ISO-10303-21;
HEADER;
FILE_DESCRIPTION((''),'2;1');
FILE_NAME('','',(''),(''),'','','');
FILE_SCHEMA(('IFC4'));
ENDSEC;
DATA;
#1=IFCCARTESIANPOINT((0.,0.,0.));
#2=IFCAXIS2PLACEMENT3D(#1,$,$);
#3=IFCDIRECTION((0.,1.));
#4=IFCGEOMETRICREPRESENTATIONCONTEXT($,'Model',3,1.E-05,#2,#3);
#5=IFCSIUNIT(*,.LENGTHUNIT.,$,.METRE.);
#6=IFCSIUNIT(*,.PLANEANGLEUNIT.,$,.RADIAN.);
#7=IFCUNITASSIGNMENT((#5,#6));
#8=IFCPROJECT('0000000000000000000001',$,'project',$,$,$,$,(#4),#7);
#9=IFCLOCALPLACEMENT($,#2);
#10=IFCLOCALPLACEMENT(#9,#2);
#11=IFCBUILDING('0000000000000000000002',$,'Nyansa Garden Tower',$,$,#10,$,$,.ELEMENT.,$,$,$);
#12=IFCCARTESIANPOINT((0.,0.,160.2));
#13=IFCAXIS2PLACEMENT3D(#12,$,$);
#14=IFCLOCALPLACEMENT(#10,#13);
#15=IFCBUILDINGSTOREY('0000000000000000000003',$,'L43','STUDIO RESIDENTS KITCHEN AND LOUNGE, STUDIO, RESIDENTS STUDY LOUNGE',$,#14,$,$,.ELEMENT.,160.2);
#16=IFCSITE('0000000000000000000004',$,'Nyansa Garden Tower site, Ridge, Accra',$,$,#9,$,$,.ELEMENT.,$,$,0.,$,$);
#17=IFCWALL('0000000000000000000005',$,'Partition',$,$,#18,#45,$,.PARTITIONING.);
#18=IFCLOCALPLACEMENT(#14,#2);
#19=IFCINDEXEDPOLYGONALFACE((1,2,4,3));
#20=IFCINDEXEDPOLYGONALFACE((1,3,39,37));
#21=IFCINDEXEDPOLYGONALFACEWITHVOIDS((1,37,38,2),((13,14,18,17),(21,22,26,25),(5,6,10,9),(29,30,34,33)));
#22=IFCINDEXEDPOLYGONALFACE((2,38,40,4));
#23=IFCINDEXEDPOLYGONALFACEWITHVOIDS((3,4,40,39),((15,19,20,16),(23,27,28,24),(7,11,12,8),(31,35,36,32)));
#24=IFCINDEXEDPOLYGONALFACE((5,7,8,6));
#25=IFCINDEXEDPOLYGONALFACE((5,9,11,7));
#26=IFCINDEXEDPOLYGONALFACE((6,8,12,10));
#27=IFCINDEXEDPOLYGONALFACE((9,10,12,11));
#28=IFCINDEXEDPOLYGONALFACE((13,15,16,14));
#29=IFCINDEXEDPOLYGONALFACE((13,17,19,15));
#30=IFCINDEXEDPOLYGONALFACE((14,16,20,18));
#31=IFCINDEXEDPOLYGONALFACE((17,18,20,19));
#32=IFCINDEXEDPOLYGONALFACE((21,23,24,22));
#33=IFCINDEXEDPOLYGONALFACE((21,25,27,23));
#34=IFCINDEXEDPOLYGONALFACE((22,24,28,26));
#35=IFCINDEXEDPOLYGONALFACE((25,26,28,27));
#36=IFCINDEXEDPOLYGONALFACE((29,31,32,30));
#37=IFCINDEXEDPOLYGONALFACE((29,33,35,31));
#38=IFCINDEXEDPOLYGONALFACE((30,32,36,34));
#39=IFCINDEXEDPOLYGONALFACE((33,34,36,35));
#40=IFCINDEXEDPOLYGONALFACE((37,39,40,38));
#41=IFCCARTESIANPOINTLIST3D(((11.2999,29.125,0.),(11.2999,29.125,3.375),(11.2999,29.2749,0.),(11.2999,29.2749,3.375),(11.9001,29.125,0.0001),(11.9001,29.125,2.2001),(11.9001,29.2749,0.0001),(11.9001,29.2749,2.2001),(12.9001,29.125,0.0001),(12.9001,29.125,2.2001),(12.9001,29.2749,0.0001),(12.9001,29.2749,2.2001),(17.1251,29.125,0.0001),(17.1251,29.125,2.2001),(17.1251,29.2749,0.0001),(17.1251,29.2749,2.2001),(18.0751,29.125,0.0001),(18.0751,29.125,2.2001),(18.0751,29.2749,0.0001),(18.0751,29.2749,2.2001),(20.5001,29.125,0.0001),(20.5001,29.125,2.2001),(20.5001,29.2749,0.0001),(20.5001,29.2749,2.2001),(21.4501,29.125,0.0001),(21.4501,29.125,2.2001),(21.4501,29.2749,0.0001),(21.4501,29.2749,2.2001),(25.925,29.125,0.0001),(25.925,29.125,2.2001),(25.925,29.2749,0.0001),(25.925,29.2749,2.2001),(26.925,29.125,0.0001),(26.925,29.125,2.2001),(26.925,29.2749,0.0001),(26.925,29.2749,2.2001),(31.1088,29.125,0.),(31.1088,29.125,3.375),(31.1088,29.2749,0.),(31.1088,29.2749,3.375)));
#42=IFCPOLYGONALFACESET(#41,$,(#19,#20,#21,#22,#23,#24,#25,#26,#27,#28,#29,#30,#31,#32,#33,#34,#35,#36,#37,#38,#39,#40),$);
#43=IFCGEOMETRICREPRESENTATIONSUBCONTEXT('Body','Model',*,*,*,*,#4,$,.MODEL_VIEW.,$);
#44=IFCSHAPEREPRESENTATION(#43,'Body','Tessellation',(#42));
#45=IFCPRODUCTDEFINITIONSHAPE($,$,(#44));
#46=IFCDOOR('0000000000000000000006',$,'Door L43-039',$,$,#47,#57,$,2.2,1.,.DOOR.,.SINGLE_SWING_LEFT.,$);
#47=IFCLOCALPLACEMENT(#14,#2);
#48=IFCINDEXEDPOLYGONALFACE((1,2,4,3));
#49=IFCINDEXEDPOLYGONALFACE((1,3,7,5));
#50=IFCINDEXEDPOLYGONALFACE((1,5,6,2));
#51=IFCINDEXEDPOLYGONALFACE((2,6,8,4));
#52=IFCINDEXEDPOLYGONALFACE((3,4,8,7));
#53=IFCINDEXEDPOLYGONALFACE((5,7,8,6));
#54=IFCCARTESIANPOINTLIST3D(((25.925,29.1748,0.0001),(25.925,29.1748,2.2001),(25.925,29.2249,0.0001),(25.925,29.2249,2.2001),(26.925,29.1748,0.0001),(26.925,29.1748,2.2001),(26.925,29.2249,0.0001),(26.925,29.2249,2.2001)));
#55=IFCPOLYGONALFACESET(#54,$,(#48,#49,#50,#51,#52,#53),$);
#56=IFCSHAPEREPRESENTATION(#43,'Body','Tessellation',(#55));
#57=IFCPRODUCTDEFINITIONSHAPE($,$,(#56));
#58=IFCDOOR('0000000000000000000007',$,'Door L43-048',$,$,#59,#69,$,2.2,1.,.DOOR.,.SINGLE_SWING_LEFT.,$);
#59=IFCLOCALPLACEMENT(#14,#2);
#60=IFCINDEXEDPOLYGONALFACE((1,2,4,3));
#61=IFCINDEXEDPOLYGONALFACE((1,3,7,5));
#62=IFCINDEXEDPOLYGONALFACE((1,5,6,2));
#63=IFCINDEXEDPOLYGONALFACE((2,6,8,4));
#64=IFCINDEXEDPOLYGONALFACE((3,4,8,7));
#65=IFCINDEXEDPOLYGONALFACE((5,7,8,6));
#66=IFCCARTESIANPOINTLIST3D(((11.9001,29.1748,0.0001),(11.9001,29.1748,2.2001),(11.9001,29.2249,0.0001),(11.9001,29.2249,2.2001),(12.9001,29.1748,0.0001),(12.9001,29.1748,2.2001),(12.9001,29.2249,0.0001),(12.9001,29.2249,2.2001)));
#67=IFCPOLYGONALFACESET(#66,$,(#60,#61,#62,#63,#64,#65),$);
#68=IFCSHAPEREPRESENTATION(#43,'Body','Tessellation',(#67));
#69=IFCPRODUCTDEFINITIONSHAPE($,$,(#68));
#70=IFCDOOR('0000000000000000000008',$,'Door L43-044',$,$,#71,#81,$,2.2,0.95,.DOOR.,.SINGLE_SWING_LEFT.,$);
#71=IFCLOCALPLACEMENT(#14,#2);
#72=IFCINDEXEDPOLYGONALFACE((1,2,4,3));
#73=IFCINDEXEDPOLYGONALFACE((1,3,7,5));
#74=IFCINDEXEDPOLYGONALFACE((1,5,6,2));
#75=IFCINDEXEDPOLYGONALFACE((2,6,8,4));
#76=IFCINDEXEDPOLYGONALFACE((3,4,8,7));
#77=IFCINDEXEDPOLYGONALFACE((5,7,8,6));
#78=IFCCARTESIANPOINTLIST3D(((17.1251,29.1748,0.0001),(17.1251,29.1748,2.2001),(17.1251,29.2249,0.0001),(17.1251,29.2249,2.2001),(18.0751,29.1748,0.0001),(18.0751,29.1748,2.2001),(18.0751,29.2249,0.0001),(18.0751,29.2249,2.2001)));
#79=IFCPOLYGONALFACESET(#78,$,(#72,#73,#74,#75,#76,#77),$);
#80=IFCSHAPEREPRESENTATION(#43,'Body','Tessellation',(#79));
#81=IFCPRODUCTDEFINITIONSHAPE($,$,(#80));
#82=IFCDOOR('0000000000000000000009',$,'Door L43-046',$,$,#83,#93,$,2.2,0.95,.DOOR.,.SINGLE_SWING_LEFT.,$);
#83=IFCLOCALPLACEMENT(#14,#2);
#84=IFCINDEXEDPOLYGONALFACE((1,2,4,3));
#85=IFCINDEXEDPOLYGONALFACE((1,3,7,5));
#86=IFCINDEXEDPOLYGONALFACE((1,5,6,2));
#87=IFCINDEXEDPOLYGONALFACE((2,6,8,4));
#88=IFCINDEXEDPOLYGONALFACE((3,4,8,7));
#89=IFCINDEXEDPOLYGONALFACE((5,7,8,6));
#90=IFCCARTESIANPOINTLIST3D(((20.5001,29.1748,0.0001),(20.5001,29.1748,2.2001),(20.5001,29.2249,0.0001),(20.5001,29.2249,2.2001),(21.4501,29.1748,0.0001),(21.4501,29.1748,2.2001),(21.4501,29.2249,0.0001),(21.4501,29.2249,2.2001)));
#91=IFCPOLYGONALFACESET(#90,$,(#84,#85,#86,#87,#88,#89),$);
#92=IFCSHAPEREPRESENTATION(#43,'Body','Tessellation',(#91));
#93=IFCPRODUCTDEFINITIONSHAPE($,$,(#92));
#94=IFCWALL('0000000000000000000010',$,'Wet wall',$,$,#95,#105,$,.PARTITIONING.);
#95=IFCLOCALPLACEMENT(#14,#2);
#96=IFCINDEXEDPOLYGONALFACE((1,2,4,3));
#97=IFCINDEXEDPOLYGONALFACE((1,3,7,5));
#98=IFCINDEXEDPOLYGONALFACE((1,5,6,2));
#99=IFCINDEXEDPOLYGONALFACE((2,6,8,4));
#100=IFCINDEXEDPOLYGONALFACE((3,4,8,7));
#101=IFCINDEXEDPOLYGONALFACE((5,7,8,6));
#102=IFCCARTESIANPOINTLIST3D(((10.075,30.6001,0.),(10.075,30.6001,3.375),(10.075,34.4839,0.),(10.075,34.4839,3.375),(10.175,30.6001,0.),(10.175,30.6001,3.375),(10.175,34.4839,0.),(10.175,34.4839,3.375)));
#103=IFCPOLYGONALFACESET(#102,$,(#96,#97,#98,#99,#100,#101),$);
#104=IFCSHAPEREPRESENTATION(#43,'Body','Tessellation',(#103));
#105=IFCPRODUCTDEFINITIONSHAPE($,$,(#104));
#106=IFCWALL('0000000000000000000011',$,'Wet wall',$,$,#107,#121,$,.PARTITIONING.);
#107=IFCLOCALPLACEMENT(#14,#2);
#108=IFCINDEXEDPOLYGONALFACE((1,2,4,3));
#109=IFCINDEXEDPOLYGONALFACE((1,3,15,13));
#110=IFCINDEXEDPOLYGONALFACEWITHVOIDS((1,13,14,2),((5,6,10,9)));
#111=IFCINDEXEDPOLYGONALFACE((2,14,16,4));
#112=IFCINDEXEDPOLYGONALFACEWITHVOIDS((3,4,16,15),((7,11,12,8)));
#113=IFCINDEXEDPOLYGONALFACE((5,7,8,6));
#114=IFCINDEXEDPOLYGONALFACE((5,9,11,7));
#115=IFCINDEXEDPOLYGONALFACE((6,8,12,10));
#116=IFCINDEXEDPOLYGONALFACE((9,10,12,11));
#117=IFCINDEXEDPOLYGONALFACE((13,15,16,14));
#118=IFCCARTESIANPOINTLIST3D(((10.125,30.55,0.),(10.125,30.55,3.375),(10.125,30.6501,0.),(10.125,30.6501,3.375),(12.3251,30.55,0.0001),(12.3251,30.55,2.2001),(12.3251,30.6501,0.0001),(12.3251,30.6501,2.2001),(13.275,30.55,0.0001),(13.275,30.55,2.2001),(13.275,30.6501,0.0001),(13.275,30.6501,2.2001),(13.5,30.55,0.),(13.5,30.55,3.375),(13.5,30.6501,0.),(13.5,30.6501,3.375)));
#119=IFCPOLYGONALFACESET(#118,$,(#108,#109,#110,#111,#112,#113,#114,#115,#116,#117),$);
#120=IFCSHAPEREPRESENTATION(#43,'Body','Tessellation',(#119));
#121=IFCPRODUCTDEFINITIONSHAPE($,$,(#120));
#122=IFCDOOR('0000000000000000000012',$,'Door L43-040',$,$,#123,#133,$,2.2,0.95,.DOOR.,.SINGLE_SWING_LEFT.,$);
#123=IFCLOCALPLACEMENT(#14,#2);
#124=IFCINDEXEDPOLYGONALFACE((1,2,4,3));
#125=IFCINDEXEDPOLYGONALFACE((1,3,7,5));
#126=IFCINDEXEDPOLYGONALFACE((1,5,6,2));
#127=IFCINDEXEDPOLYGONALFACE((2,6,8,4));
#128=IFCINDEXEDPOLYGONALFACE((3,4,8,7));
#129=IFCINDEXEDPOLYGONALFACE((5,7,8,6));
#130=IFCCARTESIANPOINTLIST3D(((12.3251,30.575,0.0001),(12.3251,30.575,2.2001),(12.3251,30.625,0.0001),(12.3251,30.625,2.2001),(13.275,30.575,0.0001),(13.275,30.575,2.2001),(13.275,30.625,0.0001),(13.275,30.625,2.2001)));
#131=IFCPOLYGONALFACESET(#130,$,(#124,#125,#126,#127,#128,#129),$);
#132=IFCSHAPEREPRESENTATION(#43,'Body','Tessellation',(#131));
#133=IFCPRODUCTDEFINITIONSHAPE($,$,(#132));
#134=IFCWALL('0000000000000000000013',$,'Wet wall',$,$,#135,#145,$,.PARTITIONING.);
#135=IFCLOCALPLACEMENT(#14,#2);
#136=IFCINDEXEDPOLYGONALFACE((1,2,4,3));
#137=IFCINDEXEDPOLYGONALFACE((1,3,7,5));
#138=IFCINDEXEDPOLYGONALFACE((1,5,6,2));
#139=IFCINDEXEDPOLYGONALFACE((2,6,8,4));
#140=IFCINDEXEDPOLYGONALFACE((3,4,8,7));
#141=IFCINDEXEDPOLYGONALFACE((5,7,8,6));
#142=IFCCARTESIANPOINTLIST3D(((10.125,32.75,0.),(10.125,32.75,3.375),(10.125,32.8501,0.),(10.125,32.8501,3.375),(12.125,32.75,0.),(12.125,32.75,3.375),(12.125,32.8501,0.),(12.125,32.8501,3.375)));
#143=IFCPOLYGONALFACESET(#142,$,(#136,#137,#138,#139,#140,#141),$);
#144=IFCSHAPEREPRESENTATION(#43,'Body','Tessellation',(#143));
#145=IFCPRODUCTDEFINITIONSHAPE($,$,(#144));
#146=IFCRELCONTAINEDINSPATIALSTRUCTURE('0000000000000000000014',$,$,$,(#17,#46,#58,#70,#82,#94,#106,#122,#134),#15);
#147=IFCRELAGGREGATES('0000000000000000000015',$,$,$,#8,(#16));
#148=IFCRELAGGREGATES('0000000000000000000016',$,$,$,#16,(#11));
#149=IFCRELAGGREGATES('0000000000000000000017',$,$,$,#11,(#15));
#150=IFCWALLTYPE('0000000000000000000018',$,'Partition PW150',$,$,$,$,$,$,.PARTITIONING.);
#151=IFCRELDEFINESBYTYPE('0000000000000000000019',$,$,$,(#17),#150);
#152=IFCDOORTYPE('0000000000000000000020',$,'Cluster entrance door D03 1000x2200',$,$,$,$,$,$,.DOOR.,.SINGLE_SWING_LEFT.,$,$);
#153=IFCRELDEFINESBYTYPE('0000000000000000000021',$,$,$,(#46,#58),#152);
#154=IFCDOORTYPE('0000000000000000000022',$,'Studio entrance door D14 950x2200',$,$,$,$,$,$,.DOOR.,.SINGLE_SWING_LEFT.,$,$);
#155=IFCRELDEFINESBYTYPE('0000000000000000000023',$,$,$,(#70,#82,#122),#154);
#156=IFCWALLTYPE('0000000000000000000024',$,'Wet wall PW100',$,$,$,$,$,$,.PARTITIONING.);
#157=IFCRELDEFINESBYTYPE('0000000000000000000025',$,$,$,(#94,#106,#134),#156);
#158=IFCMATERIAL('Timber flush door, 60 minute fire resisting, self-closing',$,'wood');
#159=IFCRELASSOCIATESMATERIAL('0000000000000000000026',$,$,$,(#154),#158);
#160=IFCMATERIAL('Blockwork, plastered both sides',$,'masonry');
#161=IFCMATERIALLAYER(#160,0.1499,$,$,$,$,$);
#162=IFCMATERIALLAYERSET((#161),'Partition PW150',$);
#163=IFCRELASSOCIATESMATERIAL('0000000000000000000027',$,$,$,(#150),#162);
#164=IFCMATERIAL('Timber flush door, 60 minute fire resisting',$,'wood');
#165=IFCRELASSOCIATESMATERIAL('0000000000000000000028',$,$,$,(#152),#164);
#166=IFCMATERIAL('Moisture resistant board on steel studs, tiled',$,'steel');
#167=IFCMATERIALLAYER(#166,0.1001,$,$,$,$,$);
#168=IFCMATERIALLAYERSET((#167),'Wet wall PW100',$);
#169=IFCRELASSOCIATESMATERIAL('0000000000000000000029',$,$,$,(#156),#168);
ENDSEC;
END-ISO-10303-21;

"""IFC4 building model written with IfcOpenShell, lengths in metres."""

from ifc_helpers import new_model, si_unit, direction, frame, frame_2d, origin, place, context, subcontext, project, spatial, rectangle, extrude, material, layer, layer_set, type_object, element, fill, save


model = new_model("IFC4")

# Units and contexts
model_context = context("Model", 3, precision=1e-05, world=origin(), true_north=direction((0.0, 1.0)))
body_context = subcontext(model_context, "Body", "Model", "MODEL_VIEW")
ifc_project = project(units=[si_unit("LENGTHUNIT", "METRE"), si_unit("PLANEANGLEUNIT", "RADIAN")], contexts=[model_context])

# Site, building, storey
site_placement = place(None, origin())
site = spatial("IfcSite", under=ifc_project, at=site_placement, Name="Nyansa Garden Tower site, Ridge, Accra", CompositionType="ELEMENT", RefElevation=0.0)
building_placement = place(site_placement, origin())
building = spatial("IfcBuilding", under=site, at=building_placement, Name="Nyansa Garden Tower", CompositionType="ELEMENT")
storey_placement = place(building_placement, frame((0.0, 0.0, 160.2)))
storey = spatial("IfcBuildingStorey", under=building, at=storey_placement, Name="L43", Description="STUDIO RESIDENTS KITCHEN AND LOUNGE, STUDIO, RESIDENTS STUDY LOUNGE", CompositionType="ELEMENT", Elevation=160.2)

# Shared definitions
ifc_material_1 = material(Name="Timber flush door, 60 minute fire resisting, self-closing", Category="wood")
door_type_1 = type_object("IfcDoorType", Name="Studio entrance door D14 950x2200", OperationType="SINGLE_SWING_LEFT", PredefinedType="DOOR", material=ifc_material_1)

# Wall, openings, doors
ifc_material_2 = material(Name="Blockwork, plastered both sides", Category="masonry")
ifc_layer_1 = layer(ifc_material_2, 0.1499)
ifc_layer_set_1 = layer_set([ifc_layer_1], Name="Partition PW150")
wall_type_1 = type_object("IfcWallType", Name="Partition PW150", PredefinedType="PARTITIONING", material=ifc_layer_set_1)
wall_1_placement = place(storey_placement, frame((11.3, 29.2, 0.0), z_axis=(0.0, 0.0, 1.0), x_axis=(1.0, 0.0, 0.0)))
wall_1 = element("IfcWall", 1, at=wall_1_placement, inside=storey, type_object=wall_type_1, Name="Partition", PredefinedType="PARTITIONING", context=body_context, shape_type="SweptSolid", body=[
    extrude(rectangle(XDim=19.8088, YDim=0.1499, at=frame_2d((9.9043, 0.0))), origin(), (0.0, 0.0, 1.0), 3.375),
])
opening_1_placement = place(wall_1_placement, frame((14.625, 0.0, 0.0)))
opening_1 = element("IfcOpeningElement", 2, at=opening_1_placement, cuts=wall_1, PredefinedType="OPENING", context=body_context, shape_type="SweptSolid", body=[
    extrude(rectangle(XDim=1.0, YDim=2.2, at=frame_2d((0.5, 1.1001))), frame((0.0, 0.085, 0.0), z_axis=(0.0, -1.0, 0.0), x_axis=(1.0, 0.0, 0.0)), (0.0, 0.0, 1.0), 0.1699),
])
opening_2_placement = place(wall_1_placement, frame((5.825, 0.0, 0.0)))
opening_2 = element("IfcOpeningElement", 3, at=opening_2_placement, cuts=wall_1, PredefinedType="OPENING", context=body_context, shape_type="SweptSolid", body=[
    extrude(rectangle(XDim=0.95, YDim=2.2, at=frame_2d((0.4751, 1.1001))), frame((0.0, 0.085, 0.0), z_axis=(0.0, -1.0, 0.0), x_axis=(1.0, 0.0, 0.0)), (0.0, 0.0, 1.0), 0.1699),
])
opening_3_placement = place(wall_1_placement, frame((9.2, 0.0, 0.0)))
opening_3 = element("IfcOpeningElement", 4, at=opening_3_placement, cuts=wall_1, PredefinedType="OPENING", context=body_context, shape_type="SweptSolid", body=[
    extrude(rectangle(XDim=0.95, YDim=2.2, at=frame_2d((0.4751, 1.1001))), frame((0.0, 0.085, 0.0), z_axis=(0.0, -1.0, 0.0), x_axis=(1.0, 0.0, 0.0)), (0.0, 0.0, 1.0), 0.1699),
])
opening_4_placement = place(wall_1_placement, frame((0.6001, 0.0, 0.0)))
opening_4 = element("IfcOpeningElement", 5, at=opening_4_placement, cuts=wall_1, PredefinedType="OPENING", context=body_context, shape_type="SweptSolid", body=[
    extrude(rectangle(XDim=1.0, YDim=2.2, at=frame_2d((0.5, 1.1001))), frame((0.0, 0.085, 0.0), z_axis=(0.0, -1.0, 0.0), x_axis=(1.0, 0.0, 0.0)), (0.0, 0.0, 1.0), 0.1699),
])
ifc_material_3 = material(Name="Timber flush door, 60 minute fire resisting", Category="wood")
door_type_2 = type_object("IfcDoorType", Name="Cluster entrance door D03 1000x2200", OperationType="SINGLE_SWING_LEFT", PredefinedType="DOOR", material=ifc_material_3)
door_1_placement = place(opening_1_placement, origin())
door_1 = element("IfcDoor", 6, at=door_1_placement, inside=storey, type_object=door_type_2, Name="Door L43-039", OperationType="SINGLE_SWING_LEFT", OverallHeight=2.2, OverallWidth=1.0, PredefinedType="DOOR", context=body_context, shape_type="SweptSolid", body=[
    extrude(rectangle(XDim=1.0, YDim=2.2, at=frame_2d((0.5, 1.1001))), frame((0.0, 0.0249, 0.0), z_axis=(0.0, -1.0, 0.0), x_axis=(1.0, 0.0, 0.0)), (0.0, 0.0, 1.0), 0.05),
])
fill(opening_1, door_1)
door_2_placement = place(opening_4_placement, origin())
door_2 = element("IfcDoor", 7, at=door_2_placement, inside=storey, type_object=door_type_2, Name="Door L43-048", OperationType="SINGLE_SWING_LEFT", OverallHeight=2.2, OverallWidth=1.0, PredefinedType="DOOR", context=body_context, shape_type="SweptSolid", body=[
    extrude(rectangle(XDim=1.0, YDim=2.2, at=frame_2d((0.5, 1.1001))), frame((0.0, 0.0249, 0.0), z_axis=(0.0, -1.0, 0.0), x_axis=(1.0, 0.0, 0.0)), (0.0, 0.0, 1.0), 0.05),
])
fill(opening_4, door_2)
door_3_placement = place(opening_2_placement, origin())
door_3 = element("IfcDoor", 8, at=door_3_placement, inside=storey, type_object=door_type_1, Name="Door L43-044", OperationType="SINGLE_SWING_LEFT", OverallHeight=2.2, OverallWidth=0.95, PredefinedType="DOOR", context=body_context, shape_type="SweptSolid", body=[
    extrude(rectangle(XDim=0.95, YDim=2.2, at=frame_2d((0.4751, 1.1001))), frame((0.0, 0.0249, 0.0), z_axis=(0.0, -1.0, 0.0), x_axis=(1.0, 0.0, 0.0)), (0.0, 0.0, 1.0), 0.05),
])
fill(opening_2, door_3)
door_4_placement = place(opening_3_placement, origin())
door_4 = element("IfcDoor", 9, at=door_4_placement, inside=storey, type_object=door_type_1, Name="Door L43-046", OperationType="SINGLE_SWING_LEFT", OverallHeight=2.2, OverallWidth=0.95, PredefinedType="DOOR", context=body_context, shape_type="SweptSolid", body=[
    extrude(rectangle(XDim=0.95, YDim=2.2, at=frame_2d((0.4751, 1.1001))), frame((0.0, 0.0249, 0.0), z_axis=(0.0, -1.0, 0.0), x_axis=(1.0, 0.0, 0.0)), (0.0, 0.0, 1.0), 0.05),
])
fill(opening_3, door_4)

# Wall
ifc_material_4 = material(Name="Moisture resistant board on steel studs, tiled", Category="steel")
ifc_layer_2 = layer(ifc_material_4, 0.1001)
ifc_layer_set_2 = layer_set([ifc_layer_2], Name="Wet wall PW100")
wall_type_2 = type_object("IfcWallType", Name="Wet wall PW100", PredefinedType="PARTITIONING", material=ifc_layer_set_2)
wall_2_placement = place(storey_placement, frame((10.125, 30.6001, 0.0), z_axis=(0.0, 0.0, 1.0), x_axis=(0.0, 1.0, 0.0)))
element("IfcWall", 10, at=wall_2_placement, inside=storey, type_object=wall_type_2, Name="Wet wall", PredefinedType="PARTITIONING", context=body_context, shape_type="SweptSolid", body=[
    extrude(rectangle(XDim=3.8838, YDim=0.1001, at=frame_2d((1.9419, 0.0))), origin(), (0.0, 0.0, 1.0), 3.375),
])

# Wall, opening, door
wall_3_placement = place(storey_placement, frame((10.125, 30.6001, 0.0), z_axis=(0.0, 0.0, 1.0), x_axis=(1.0, 0.0, 0.0)))
wall_3 = element("IfcWall", 11, at=wall_3_placement, inside=storey, type_object=wall_type_2, Name="Wet wall", PredefinedType="PARTITIONING", context=body_context, shape_type="SweptSolid", body=[
    extrude(rectangle(XDim=3.375, YDim=0.1001, at=frame_2d((1.6875, 0.0))), origin(), (0.0, 0.0, 1.0), 3.375),
])
opening_5_placement = place(wall_3_placement, frame((2.2, 0.0, 0.0)))
opening_5 = element("IfcOpeningElement", 12, at=opening_5_placement, cuts=wall_3, PredefinedType="OPENING", context=body_context, shape_type="SweptSolid", body=[
    extrude(rectangle(XDim=0.95, YDim=2.2, at=frame_2d((0.4751, 1.1001))), frame((0.0, 0.0601, 0.0), z_axis=(0.0, -1.0, 0.0), x_axis=(1.0, 0.0, 0.0)), (0.0, 0.0, 1.0), 0.1201),
])
door_5_placement = place(opening_5_placement, origin())
door_5 = element("IfcDoor", 13, at=door_5_placement, inside=storey, type_object=door_type_1, Name="Door L43-040", OperationType="SINGLE_SWING_LEFT", OverallHeight=2.2, OverallWidth=0.95, PredefinedType="DOOR", context=body_context, shape_type="SweptSolid", body=[
    extrude(rectangle(XDim=0.95, YDim=2.2, at=frame_2d((0.4751, 1.1001))), frame((0.0, 0.0249, 0.0), z_axis=(0.0, -1.0, 0.0), x_axis=(1.0, 0.0, 0.0)), (0.0, 0.0, 1.0), 0.05),
])
fill(opening_5, door_5)

# Wall
wall_4_placement = place(storey_placement, frame((10.125, 32.8, 0.0), z_axis=(0.0, 0.0, 1.0), x_axis=(1.0, 0.0, 0.0)))
element("IfcWall", 14, at=wall_4_placement, inside=storey, type_object=wall_type_2, Name="Wet wall", PredefinedType="PARTITIONING", context=body_context, shape_type="SweptSolid", body=[
    extrude(rectangle(XDim=2.0, YDim=0.1001, at=frame_2d((1.0, 0.0))), origin(), (0.0, 0.0, 1.0), 3.375),
])

save(model, "model.ifc")
